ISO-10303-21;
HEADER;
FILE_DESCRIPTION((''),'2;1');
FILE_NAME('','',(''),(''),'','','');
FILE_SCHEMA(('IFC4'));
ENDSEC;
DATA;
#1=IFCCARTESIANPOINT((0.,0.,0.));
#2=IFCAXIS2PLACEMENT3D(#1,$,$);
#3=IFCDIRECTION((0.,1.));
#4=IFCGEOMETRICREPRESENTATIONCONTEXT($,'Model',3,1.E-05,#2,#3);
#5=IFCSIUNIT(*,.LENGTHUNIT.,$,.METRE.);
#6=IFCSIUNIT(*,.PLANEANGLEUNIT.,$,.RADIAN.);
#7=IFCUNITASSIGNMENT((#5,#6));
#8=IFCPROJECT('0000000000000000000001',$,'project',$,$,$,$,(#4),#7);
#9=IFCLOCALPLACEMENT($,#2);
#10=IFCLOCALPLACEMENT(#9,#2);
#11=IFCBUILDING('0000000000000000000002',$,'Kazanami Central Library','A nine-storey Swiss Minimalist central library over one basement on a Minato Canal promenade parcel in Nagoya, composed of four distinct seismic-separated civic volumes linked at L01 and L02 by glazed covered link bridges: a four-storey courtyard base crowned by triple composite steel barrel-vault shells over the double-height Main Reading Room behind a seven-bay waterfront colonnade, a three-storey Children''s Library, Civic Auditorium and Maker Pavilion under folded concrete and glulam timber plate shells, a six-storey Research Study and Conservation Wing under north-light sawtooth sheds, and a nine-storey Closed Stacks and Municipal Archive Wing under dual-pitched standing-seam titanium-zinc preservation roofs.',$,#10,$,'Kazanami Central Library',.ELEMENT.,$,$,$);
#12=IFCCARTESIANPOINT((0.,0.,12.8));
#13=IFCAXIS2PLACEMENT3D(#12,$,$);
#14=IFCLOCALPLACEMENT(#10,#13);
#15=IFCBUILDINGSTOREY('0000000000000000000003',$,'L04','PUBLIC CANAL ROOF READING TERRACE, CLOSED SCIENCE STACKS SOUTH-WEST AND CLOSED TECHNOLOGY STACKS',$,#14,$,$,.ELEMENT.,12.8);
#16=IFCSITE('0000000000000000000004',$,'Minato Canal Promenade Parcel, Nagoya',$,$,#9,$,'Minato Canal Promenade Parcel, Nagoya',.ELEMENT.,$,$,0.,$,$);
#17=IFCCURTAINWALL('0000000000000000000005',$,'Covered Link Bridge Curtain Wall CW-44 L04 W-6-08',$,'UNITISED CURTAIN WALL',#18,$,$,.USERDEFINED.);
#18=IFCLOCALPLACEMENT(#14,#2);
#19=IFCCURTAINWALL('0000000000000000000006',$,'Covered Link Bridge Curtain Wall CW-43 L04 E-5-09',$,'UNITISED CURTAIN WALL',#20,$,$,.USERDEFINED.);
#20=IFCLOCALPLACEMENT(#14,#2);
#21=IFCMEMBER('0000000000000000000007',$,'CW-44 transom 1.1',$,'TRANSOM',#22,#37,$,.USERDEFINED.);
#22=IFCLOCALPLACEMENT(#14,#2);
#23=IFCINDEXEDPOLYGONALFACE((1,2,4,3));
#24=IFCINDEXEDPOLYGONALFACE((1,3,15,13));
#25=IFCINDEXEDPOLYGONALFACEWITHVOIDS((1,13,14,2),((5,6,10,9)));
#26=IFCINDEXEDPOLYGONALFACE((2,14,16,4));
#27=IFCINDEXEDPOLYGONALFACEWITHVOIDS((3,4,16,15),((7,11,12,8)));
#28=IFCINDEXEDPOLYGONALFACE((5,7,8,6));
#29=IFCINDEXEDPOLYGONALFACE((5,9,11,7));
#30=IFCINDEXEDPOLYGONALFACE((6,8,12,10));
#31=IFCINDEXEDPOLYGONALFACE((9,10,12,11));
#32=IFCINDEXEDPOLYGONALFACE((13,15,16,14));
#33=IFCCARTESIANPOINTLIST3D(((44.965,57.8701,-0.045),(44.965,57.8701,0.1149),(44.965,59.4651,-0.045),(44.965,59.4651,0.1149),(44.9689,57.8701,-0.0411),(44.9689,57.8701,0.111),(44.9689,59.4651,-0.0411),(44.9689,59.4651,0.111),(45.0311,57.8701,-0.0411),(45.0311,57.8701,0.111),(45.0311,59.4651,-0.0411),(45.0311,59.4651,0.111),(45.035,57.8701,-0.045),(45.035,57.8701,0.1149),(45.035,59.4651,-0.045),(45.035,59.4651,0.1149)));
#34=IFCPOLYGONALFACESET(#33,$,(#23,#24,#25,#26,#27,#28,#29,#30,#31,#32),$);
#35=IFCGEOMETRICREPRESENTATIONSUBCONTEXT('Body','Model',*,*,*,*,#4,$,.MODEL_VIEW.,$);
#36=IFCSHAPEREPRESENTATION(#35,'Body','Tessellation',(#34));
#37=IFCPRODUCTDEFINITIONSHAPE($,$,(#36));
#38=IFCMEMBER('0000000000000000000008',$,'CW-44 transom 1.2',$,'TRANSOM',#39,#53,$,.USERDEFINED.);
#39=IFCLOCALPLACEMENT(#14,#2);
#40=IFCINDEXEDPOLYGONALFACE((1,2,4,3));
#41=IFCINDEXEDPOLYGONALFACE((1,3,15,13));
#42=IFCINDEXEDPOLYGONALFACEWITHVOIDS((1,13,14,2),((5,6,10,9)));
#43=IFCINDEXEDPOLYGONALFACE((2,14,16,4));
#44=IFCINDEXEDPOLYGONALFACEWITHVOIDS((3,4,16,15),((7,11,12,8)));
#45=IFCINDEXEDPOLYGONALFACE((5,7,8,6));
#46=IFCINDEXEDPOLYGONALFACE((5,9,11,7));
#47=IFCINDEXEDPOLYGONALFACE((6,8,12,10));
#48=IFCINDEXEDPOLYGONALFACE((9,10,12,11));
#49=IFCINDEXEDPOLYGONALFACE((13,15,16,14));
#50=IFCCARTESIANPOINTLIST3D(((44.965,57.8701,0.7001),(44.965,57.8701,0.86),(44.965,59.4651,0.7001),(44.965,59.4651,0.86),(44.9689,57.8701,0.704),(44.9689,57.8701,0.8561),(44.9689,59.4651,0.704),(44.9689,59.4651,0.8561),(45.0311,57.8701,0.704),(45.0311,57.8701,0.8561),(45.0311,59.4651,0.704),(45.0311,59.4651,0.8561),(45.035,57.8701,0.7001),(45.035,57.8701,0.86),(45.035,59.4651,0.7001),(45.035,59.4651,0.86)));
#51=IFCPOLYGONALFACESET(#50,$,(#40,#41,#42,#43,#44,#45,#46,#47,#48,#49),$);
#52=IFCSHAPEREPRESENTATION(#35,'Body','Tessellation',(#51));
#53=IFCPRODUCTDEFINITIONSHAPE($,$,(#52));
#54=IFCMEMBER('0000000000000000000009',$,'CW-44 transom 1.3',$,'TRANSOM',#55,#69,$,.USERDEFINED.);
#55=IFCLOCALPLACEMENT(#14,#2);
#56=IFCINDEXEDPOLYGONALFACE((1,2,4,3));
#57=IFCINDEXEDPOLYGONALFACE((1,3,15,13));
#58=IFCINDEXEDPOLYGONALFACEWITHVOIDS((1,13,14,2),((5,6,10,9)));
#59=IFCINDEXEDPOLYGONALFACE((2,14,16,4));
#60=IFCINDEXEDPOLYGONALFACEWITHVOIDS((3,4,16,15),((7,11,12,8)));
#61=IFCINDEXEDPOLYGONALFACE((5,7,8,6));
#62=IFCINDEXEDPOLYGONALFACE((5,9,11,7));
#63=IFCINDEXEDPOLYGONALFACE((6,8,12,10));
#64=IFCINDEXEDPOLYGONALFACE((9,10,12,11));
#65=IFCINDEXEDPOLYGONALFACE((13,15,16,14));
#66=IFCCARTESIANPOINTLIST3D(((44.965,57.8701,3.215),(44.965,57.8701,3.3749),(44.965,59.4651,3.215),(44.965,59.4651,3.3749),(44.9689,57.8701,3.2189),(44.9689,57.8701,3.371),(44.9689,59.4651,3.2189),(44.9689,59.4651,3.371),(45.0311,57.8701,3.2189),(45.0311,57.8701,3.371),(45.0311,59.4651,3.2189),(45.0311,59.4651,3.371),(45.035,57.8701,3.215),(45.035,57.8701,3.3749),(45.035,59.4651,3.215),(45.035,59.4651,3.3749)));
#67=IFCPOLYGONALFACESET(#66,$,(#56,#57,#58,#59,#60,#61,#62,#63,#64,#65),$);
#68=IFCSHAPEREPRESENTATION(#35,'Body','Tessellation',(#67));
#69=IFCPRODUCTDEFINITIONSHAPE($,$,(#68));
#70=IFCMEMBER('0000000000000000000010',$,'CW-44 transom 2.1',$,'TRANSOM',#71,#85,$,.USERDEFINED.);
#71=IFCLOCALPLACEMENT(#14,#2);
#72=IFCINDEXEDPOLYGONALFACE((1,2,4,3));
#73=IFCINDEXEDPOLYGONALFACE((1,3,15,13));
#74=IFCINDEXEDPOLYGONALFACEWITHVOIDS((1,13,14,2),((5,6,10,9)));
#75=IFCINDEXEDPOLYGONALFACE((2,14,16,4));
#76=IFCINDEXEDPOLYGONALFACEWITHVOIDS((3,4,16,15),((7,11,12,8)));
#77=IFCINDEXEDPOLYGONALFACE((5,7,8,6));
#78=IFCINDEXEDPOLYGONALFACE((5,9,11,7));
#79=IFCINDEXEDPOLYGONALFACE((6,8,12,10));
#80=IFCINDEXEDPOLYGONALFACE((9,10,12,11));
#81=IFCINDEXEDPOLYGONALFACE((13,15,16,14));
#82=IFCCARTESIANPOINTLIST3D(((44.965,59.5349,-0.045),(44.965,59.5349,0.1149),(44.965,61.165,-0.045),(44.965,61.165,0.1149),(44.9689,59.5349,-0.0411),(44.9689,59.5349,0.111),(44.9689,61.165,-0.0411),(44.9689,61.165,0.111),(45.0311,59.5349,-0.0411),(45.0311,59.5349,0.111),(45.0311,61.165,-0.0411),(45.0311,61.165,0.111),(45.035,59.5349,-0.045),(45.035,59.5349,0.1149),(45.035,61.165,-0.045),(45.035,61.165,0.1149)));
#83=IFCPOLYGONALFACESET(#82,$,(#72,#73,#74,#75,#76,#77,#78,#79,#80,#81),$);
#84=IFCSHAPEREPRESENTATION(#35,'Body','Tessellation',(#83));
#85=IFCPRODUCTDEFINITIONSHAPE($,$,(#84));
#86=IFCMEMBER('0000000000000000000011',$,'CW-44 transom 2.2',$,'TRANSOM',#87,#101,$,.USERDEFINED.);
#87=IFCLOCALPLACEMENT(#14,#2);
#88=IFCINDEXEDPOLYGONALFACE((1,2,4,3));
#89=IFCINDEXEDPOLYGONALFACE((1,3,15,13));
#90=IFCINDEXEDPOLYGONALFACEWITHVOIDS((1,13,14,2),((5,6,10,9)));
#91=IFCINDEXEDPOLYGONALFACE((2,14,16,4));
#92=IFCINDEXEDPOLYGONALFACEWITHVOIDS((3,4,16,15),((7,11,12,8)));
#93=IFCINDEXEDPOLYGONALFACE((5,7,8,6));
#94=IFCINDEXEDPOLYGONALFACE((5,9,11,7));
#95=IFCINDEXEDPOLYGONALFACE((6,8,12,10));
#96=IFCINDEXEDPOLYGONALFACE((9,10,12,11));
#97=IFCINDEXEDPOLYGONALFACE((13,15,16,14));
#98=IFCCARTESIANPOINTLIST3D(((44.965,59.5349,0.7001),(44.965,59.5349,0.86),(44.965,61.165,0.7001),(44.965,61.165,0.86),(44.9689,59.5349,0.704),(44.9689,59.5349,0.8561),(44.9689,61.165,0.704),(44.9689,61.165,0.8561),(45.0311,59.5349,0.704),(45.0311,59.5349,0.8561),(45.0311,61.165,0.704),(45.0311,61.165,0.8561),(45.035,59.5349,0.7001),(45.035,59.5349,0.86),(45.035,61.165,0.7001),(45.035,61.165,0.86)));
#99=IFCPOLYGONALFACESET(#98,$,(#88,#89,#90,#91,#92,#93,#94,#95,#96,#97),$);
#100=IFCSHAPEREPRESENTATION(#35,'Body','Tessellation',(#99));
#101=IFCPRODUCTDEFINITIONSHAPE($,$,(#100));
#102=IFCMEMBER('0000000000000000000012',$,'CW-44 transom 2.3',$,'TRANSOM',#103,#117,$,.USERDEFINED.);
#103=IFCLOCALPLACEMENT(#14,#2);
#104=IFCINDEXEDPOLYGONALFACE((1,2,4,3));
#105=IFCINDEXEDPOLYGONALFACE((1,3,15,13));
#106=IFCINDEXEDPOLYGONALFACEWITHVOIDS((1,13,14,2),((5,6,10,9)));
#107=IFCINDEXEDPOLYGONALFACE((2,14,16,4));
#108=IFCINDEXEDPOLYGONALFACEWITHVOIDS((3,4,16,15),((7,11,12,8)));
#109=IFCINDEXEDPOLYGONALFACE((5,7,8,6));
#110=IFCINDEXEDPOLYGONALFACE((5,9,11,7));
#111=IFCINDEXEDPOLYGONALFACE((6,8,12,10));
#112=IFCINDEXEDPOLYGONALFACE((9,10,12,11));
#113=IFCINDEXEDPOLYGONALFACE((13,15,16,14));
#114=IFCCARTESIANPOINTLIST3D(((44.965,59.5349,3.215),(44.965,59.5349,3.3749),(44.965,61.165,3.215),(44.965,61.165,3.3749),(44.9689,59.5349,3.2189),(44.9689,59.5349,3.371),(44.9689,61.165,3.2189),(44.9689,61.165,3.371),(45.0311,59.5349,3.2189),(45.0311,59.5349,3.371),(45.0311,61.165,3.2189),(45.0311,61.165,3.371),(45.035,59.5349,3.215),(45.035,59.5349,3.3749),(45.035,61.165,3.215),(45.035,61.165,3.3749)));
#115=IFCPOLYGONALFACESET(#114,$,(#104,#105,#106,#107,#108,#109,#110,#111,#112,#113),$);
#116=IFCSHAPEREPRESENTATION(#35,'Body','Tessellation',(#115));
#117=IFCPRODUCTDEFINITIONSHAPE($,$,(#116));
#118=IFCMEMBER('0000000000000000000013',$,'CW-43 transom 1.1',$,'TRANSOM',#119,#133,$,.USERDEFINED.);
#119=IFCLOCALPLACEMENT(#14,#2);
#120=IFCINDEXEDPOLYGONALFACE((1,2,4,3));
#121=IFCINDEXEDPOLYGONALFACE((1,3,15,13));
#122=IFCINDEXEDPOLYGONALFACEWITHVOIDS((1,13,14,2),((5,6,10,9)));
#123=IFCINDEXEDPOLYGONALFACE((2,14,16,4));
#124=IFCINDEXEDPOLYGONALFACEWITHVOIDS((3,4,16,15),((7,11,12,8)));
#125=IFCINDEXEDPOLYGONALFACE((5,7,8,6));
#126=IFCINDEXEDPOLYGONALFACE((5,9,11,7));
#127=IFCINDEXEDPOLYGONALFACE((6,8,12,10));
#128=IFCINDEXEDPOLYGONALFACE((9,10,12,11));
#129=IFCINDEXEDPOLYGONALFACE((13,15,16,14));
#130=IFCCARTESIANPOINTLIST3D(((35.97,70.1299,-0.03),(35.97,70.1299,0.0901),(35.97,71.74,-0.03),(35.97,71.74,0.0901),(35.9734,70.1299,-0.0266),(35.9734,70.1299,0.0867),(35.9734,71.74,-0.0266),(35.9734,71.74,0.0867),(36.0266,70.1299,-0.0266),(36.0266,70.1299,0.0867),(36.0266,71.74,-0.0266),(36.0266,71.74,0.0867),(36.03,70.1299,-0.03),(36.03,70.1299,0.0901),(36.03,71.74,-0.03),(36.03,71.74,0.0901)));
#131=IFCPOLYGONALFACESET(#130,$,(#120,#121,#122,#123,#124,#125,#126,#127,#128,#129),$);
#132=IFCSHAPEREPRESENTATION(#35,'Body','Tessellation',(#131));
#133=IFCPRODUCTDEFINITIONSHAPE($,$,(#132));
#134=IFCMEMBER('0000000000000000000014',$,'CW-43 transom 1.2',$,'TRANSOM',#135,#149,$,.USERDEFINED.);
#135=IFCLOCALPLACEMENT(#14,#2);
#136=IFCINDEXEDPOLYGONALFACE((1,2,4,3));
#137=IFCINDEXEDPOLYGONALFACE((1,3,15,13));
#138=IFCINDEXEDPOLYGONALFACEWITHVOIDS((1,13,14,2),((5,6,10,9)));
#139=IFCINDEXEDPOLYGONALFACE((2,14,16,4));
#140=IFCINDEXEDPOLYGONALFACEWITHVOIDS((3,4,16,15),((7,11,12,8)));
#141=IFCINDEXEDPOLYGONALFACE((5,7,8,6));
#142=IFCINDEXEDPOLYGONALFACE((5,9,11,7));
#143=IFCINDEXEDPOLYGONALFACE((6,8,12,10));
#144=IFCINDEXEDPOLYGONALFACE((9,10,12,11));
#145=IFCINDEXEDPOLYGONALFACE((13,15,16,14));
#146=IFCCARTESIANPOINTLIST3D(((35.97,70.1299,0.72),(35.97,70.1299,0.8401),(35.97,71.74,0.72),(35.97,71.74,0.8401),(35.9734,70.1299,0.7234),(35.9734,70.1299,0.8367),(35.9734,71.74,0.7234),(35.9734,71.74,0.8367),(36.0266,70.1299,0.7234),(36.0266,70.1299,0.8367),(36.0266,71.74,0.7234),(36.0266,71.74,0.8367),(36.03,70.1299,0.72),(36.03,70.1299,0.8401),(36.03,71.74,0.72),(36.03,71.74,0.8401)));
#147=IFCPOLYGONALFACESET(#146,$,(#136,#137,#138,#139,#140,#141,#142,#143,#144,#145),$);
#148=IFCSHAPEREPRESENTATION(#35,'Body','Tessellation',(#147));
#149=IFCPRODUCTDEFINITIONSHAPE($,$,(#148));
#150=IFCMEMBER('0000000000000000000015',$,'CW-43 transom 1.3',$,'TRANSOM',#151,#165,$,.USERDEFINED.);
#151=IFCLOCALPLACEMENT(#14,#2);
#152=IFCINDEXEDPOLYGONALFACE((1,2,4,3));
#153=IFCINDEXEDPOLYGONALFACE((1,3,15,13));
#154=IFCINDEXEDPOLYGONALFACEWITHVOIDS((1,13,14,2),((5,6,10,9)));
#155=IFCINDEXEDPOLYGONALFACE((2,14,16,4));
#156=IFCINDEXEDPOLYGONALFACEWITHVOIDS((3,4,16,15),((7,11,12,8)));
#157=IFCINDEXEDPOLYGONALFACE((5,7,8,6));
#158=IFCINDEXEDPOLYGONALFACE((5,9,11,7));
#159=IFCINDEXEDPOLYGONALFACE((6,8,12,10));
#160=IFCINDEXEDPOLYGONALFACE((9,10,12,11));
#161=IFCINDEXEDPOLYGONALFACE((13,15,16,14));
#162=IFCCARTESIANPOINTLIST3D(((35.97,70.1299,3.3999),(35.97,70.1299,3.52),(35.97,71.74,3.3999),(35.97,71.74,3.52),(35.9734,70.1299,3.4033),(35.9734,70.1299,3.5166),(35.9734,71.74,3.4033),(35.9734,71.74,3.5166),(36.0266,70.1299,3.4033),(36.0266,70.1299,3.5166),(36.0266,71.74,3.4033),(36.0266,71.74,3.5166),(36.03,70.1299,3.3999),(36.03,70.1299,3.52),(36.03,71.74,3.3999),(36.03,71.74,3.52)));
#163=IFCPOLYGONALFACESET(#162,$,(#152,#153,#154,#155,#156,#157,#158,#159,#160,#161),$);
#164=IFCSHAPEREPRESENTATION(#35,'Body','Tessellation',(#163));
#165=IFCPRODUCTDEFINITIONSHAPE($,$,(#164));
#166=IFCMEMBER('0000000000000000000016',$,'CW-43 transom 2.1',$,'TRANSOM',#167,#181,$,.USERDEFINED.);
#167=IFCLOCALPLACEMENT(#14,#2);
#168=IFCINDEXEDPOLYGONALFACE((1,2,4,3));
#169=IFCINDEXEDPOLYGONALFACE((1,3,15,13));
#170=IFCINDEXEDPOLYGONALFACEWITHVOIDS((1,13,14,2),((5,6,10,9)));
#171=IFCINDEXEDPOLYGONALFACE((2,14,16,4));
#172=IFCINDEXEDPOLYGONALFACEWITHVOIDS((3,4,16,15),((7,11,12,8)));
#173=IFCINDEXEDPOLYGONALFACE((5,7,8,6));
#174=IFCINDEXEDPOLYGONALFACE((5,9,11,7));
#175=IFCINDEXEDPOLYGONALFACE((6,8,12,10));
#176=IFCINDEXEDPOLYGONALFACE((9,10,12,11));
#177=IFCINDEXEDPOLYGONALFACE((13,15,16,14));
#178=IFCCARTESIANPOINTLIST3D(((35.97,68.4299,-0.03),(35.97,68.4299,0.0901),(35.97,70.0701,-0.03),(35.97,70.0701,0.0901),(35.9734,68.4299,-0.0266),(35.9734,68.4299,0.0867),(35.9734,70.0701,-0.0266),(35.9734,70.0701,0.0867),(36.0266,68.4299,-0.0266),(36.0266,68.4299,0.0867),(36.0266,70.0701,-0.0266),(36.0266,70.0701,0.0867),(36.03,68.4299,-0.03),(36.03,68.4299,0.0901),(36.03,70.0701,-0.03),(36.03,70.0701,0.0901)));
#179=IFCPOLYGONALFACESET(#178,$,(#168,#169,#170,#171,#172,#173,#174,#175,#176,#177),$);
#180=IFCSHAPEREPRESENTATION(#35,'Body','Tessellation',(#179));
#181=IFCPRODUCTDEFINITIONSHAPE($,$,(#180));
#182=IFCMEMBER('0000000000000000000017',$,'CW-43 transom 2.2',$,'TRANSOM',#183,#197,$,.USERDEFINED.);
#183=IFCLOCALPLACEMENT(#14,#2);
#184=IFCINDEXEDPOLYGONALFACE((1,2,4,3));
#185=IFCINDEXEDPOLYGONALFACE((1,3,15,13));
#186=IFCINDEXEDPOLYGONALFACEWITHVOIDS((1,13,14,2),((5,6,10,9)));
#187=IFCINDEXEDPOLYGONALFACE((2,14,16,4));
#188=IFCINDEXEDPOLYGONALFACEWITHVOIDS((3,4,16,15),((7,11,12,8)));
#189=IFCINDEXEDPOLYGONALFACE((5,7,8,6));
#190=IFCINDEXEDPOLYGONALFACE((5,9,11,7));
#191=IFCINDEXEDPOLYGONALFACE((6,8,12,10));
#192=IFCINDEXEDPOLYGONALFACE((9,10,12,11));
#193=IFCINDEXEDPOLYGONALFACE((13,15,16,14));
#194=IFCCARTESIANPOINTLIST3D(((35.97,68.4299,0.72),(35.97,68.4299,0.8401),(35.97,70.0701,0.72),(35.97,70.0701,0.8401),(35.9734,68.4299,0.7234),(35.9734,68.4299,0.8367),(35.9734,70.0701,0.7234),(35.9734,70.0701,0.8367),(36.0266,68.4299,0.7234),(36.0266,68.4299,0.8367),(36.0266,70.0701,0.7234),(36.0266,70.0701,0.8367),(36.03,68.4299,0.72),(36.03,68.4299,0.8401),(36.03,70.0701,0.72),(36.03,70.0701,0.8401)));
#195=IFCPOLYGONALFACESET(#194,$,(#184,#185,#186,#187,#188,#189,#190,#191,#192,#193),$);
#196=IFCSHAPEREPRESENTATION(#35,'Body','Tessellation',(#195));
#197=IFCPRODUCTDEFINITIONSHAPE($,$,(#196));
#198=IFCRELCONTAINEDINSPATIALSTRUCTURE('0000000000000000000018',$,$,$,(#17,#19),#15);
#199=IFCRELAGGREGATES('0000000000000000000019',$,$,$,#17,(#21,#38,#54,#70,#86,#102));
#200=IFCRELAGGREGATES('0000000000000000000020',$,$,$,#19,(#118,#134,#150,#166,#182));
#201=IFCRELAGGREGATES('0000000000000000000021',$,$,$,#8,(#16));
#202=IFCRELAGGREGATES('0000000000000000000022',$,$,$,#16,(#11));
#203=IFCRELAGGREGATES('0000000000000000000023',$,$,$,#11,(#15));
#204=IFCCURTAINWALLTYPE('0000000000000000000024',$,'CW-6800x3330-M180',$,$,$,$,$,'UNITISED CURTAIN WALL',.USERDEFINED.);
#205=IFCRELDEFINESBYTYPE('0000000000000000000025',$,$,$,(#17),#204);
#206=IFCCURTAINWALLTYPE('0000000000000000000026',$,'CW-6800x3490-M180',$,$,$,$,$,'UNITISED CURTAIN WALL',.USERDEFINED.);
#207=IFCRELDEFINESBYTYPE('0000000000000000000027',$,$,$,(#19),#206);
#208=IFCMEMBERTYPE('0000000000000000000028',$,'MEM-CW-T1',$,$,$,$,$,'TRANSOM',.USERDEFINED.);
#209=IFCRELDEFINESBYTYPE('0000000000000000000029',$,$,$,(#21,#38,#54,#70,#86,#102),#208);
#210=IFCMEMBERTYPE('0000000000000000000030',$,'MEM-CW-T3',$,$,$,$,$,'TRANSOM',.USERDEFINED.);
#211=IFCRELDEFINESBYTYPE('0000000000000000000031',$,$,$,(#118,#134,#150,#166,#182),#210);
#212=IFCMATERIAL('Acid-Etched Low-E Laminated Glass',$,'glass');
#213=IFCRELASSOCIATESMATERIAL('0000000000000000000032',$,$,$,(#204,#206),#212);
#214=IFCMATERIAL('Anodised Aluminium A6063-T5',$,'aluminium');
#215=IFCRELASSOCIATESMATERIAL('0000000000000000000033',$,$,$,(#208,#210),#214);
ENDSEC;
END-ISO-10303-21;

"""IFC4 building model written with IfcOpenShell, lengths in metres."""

from ifc_helpers import new_model, si_unit, direction, frame, origin, origin_2d, place, context, subcontext, project, spatial, hollow_rectangle, extrude, material, material_profile, profile_set, type_object, element, aggregate, save


model = new_model("IFC4")

# Units and contexts
model_context = context("Model", 3, precision=1e-05, world=origin(), true_north=direction((0.0, 1.0)))
body_context = subcontext(model_context, "Body", "Model", "MODEL_VIEW")
ifc_project = project(units=[si_unit("LENGTHUNIT", "METRE"), si_unit("PLANEANGLEUNIT", "RADIAN")], contexts=[model_context])

# Site, building, storey
site_placement = place(None, origin())
site = spatial("IfcSite", under=ifc_project, at=site_placement, Name="Minato Canal Promenade Parcel, Nagoya", LongName="Minato Canal Promenade Parcel, Nagoya", CompositionType="ELEMENT", RefElevation=0.0)
building_placement = place(site_placement, origin())
building = spatial("IfcBuilding", under=site, at=building_placement, Name="Kazanami Central Library", Description="A nine-storey Swiss Minimalist central library over one basement on a Minato Canal promenade parcel in Nagoya, composed of four distinct seismic-separated civic volumes linked at L01 and L02 by glazed covered link bridges: a four-storey courtyard base crowned by triple composite steel barrel-vault shells over the double-height Main Reading Room behind a seven-bay waterfront colonnade, a three-storey Children's Library, Civic Auditorium and Maker Pavilion under folded concrete and glulam timber plate shells, a six-storey Research Study and Conservation Wing under north-light sawtooth sheds, and a nine-storey Closed Stacks and Municipal Archive Wing under dual-pitched standing-seam titanium-zinc preservation roofs.", LongName="Kazanami Central Library", CompositionType="ELEMENT")
storey_placement = place(building_placement, frame((0.0, 0.0, 12.8)))
storey = spatial("IfcBuildingStorey", under=building, at=storey_placement, Name="L04", Description="PUBLIC CANAL ROOF READING TERRACE, CLOSED SCIENCE STACKS SOUTH-WEST AND CLOSED TECHNOLOGY STACKS", CompositionType="ELEMENT", Elevation=12.8)

# Shared definitions
ifc_material_1 = material(Name="Acid-Etched Low-E Laminated Glass", Category="glass")
curtain_wall_type_1 = type_object("IfcCurtainWallType", Name="CW-6800x3330-M180", ElementType="UNITISED CURTAIN WALL", PredefinedType="USERDEFINED", material=ifc_material_1)
ifc_material_2 = material(Name="Anodised Aluminium A6063-T5", Category="aluminium")

# Curtain walls
curtain_wall_1_placement = place(storey_placement, origin())
curtain_wall_1 = element("IfcCurtainWall", 1, at=curtain_wall_1_placement, inside=storey, type_object=curtain_wall_type_1, Name="Covered Link Bridge Curtain Wall CW-44 L04 W-6-08", ObjectType="UNITISED CURTAIN WALL", PredefinedType="USERDEFINED")
curtain_wall_type_2 = type_object("IfcCurtainWallType", Name="CW-6800x3490-M180", ElementType="UNITISED CURTAIN WALL", PredefinedType="USERDEFINED", material=ifc_material_1)
curtain_wall_2_placement = place(storey_placement, origin())
curtain_wall_2 = element("IfcCurtainWall", 2, at=curtain_wall_2_placement, inside=storey, type_object=curtain_wall_type_2, Name="Covered Link Bridge Curtain Wall CW-43 L04 E-5-09", ObjectType="UNITISED CURTAIN WALL", PredefinedType="USERDEFINED")

# Members
ifc_material_profile_1 = material_profile(ifc_material_2, hollow_rectangle(XDim=0.0701, YDim=0.1599, WallThickness=0.0039, at=origin_2d()), Name="ALU-TRAN-70x160x4")
ifc_profile_set_1 = profile_set([ifc_material_profile_1], Name="Anodised Aluminium A6063-T5")
member_type_1 = type_object("IfcMemberType", Name="MEM-CW-T1", ElementType="TRANSOM", PredefinedType="USERDEFINED", material=ifc_profile_set_1)
member_1_placement = place(storey_placement, frame((45.0, 57.8701, 0.0349), z_axis=(0.0, 1.0, 0.0), x_axis=(-1.0, 0.0, 0.0)))
member_1 = element("IfcMember", 3, at=member_1_placement, type_object=member_type_1, Name="CW-44 transom 1.1", ObjectType="TRANSOM", PredefinedType="USERDEFINED", context=body_context, shape_type="SweptSolid", body=[
    extrude(hollow_rectangle(XDim=0.0701, YDim=0.1599, WallThickness=0.0039, at=origin_2d()), origin(), (0.0, 0.0, 1.0), 1.595),
])
member_2_placement = place(storey_placement, frame((45.0, 57.8701, 0.78), z_axis=(0.0, 1.0, 0.0), x_axis=(-1.0, 0.0, 0.0)))
member_2 = element("IfcMember", 4, at=member_2_placement, type_object=member_type_1, Name="CW-44 transom 1.2", ObjectType="TRANSOM", PredefinedType="USERDEFINED", context=body_context, shape_type="SweptSolid", body=[
    extrude(hollow_rectangle(XDim=0.0701, YDim=0.1599, WallThickness=0.0039, at=origin_2d()), origin(), (0.0, 0.0, 1.0), 1.595),
])
member_3_placement = place(storey_placement, frame((45.0, 57.8701, 3.2949), z_axis=(0.0, 1.0, 0.0), x_axis=(-1.0, 0.0, 0.0)))
member_3 = element("IfcMember", 5, at=member_3_placement, type_object=member_type_1, Name="CW-44 transom 1.3", ObjectType="TRANSOM", PredefinedType="USERDEFINED", context=body_context, shape_type="SweptSolid", body=[
    extrude(hollow_rectangle(XDim=0.0701, YDim=0.1599, WallThickness=0.0039, at=origin_2d()), origin(), (0.0, 0.0, 1.0), 1.595),
])
member_4_placement = place(storey_placement, frame((45.0, 59.5349, 0.0349), z_axis=(0.0, 1.0, 0.0), x_axis=(-1.0, 0.0, 0.0)))
member_4 = element("IfcMember", 6, at=member_4_placement, type_object=member_type_1, Name="CW-44 transom 2.1", ObjectType="TRANSOM", PredefinedType="USERDEFINED", context=body_context, shape_type="SweptSolid", body=[
    extrude(hollow_rectangle(XDim=0.0701, YDim=0.1599, WallThickness=0.0039, at=origin_2d()), origin(), (0.0, 0.0, 1.0), 1.6301),
])
member_5_placement = place(storey_placement, frame((45.0, 59.5349, 0.78), z_axis=(0.0, 1.0, 0.0), x_axis=(-1.0, 0.0, 0.0)))
member_5 = element("IfcMember", 7, at=member_5_placement, type_object=member_type_1, Name="CW-44 transom 2.2", ObjectType="TRANSOM", PredefinedType="USERDEFINED", context=body_context, shape_type="SweptSolid", body=[
    extrude(hollow_rectangle(XDim=0.0701, YDim=0.1599, WallThickness=0.0039, at=origin_2d()), origin(), (0.0, 0.0, 1.0), 1.6301),
])
member_6_placement = place(storey_placement, frame((45.0, 59.5349, 3.2949), z_axis=(0.0, 1.0, 0.0), x_axis=(-1.0, 0.0, 0.0)))
member_6 = element("IfcMember", 8, at=member_6_placement, type_object=member_type_1, Name="CW-44 transom 2.3", ObjectType="TRANSOM", PredefinedType="USERDEFINED", context=body_context, shape_type="SweptSolid", body=[
    extrude(hollow_rectangle(XDim=0.0701, YDim=0.1599, WallThickness=0.0039, at=origin_2d()), origin(), (0.0, 0.0, 1.0), 1.6301),
])
ifc_material_profile_2 = material_profile(ifc_material_2, hollow_rectangle(XDim=0.0601, YDim=0.1201, WallThickness=0.0034, at=origin_2d()), Name="ALU-TRAN-60x120x3.5")
ifc_profile_set_2 = profile_set([ifc_material_profile_2], Name="Anodised Aluminium A6063-T5")
member_type_2 = type_object("IfcMemberType", Name="MEM-CW-T3", ElementType="TRANSOM", PredefinedType="USERDEFINED", material=ifc_profile_set_2)
member_7_placement = place(storey_placement, frame((36.0, 71.74, 0.03), z_axis=(0.0, -1.0, 0.0), x_axis=(1.0, 0.0, 0.0)))
member_7 = element("IfcMember", 9, at=member_7_placement, type_object=member_type_2, Name="CW-43 transom 1.1", ObjectType="TRANSOM", PredefinedType="USERDEFINED", context=body_context, shape_type="SweptSolid", body=[
    extrude(hollow_rectangle(XDim=0.0601, YDim=0.1201, WallThickness=0.0034, at=origin_2d()), origin(), (0.0, 0.0, 1.0), 1.6101),
])
member_8_placement = place(storey_placement, frame((36.0, 71.74, 0.78), z_axis=(0.0, -1.0, 0.0), x_axis=(1.0, 0.0, 0.0)))
member_8 = element("IfcMember", 10, at=member_8_placement, type_object=member_type_2, Name="CW-43 transom 1.2", ObjectType="TRANSOM", PredefinedType="USERDEFINED", context=body_context, shape_type="SweptSolid", body=[
    extrude(hollow_rectangle(XDim=0.0601, YDim=0.1201, WallThickness=0.0034, at=origin_2d()), origin(), (0.0, 0.0, 1.0), 1.6101),
])
member_9_placement = place(storey_placement, frame((36.0, 71.74, 3.46), z_axis=(0.0, -1.0, 0.0), x_axis=(1.0, 0.0, 0.0)))
member_9 = element("IfcMember", 11, at=member_9_placement, type_object=member_type_2, Name="CW-43 transom 1.3", ObjectType="TRANSOM", PredefinedType="USERDEFINED", context=body_context, shape_type="SweptSolid", body=[
    extrude(hollow_rectangle(XDim=0.0601, YDim=0.1201, WallThickness=0.0034, at=origin_2d()), origin(), (0.0, 0.0, 1.0), 1.6101),
])
member_10_placement = place(storey_placement, frame((36.0, 70.0701, 0.03), z_axis=(0.0, -1.0, 0.0), x_axis=(1.0, 0.0, 0.0)))
member_10 = element("IfcMember", 12, at=member_10_placement, type_object=member_type_2, Name="CW-43 transom 2.1", ObjectType="TRANSOM", PredefinedType="USERDEFINED", context=body_context, shape_type="SweptSolid", body=[
    extrude(hollow_rectangle(XDim=0.0601, YDim=0.1201, WallThickness=0.0034, at=origin_2d()), origin(), (0.0, 0.0, 1.0), 1.6401),
])
member_11_placement = place(storey_placement, frame((36.0, 70.0701, 0.78), z_axis=(0.0, -1.0, 0.0), x_axis=(1.0, 0.0, 0.0)))
member_11 = element("IfcMember", 13, at=member_11_placement, type_object=member_type_2, Name="CW-43 transom 2.2", ObjectType="TRANSOM", PredefinedType="USERDEFINED", context=body_context, shape_type="SweptSolid", body=[
    extrude(hollow_rectangle(XDim=0.0601, YDim=0.1201, WallThickness=0.0034, at=origin_2d()), origin(), (0.0, 0.0, 1.0), 1.6401),
])

aggregate(curtain_wall_1, [member_1, member_2, member_3, member_4, member_5, member_6])
aggregate(curtain_wall_2, [member_7, member_8, member_9, member_10, member_11])

save(model, "model.ifc")
